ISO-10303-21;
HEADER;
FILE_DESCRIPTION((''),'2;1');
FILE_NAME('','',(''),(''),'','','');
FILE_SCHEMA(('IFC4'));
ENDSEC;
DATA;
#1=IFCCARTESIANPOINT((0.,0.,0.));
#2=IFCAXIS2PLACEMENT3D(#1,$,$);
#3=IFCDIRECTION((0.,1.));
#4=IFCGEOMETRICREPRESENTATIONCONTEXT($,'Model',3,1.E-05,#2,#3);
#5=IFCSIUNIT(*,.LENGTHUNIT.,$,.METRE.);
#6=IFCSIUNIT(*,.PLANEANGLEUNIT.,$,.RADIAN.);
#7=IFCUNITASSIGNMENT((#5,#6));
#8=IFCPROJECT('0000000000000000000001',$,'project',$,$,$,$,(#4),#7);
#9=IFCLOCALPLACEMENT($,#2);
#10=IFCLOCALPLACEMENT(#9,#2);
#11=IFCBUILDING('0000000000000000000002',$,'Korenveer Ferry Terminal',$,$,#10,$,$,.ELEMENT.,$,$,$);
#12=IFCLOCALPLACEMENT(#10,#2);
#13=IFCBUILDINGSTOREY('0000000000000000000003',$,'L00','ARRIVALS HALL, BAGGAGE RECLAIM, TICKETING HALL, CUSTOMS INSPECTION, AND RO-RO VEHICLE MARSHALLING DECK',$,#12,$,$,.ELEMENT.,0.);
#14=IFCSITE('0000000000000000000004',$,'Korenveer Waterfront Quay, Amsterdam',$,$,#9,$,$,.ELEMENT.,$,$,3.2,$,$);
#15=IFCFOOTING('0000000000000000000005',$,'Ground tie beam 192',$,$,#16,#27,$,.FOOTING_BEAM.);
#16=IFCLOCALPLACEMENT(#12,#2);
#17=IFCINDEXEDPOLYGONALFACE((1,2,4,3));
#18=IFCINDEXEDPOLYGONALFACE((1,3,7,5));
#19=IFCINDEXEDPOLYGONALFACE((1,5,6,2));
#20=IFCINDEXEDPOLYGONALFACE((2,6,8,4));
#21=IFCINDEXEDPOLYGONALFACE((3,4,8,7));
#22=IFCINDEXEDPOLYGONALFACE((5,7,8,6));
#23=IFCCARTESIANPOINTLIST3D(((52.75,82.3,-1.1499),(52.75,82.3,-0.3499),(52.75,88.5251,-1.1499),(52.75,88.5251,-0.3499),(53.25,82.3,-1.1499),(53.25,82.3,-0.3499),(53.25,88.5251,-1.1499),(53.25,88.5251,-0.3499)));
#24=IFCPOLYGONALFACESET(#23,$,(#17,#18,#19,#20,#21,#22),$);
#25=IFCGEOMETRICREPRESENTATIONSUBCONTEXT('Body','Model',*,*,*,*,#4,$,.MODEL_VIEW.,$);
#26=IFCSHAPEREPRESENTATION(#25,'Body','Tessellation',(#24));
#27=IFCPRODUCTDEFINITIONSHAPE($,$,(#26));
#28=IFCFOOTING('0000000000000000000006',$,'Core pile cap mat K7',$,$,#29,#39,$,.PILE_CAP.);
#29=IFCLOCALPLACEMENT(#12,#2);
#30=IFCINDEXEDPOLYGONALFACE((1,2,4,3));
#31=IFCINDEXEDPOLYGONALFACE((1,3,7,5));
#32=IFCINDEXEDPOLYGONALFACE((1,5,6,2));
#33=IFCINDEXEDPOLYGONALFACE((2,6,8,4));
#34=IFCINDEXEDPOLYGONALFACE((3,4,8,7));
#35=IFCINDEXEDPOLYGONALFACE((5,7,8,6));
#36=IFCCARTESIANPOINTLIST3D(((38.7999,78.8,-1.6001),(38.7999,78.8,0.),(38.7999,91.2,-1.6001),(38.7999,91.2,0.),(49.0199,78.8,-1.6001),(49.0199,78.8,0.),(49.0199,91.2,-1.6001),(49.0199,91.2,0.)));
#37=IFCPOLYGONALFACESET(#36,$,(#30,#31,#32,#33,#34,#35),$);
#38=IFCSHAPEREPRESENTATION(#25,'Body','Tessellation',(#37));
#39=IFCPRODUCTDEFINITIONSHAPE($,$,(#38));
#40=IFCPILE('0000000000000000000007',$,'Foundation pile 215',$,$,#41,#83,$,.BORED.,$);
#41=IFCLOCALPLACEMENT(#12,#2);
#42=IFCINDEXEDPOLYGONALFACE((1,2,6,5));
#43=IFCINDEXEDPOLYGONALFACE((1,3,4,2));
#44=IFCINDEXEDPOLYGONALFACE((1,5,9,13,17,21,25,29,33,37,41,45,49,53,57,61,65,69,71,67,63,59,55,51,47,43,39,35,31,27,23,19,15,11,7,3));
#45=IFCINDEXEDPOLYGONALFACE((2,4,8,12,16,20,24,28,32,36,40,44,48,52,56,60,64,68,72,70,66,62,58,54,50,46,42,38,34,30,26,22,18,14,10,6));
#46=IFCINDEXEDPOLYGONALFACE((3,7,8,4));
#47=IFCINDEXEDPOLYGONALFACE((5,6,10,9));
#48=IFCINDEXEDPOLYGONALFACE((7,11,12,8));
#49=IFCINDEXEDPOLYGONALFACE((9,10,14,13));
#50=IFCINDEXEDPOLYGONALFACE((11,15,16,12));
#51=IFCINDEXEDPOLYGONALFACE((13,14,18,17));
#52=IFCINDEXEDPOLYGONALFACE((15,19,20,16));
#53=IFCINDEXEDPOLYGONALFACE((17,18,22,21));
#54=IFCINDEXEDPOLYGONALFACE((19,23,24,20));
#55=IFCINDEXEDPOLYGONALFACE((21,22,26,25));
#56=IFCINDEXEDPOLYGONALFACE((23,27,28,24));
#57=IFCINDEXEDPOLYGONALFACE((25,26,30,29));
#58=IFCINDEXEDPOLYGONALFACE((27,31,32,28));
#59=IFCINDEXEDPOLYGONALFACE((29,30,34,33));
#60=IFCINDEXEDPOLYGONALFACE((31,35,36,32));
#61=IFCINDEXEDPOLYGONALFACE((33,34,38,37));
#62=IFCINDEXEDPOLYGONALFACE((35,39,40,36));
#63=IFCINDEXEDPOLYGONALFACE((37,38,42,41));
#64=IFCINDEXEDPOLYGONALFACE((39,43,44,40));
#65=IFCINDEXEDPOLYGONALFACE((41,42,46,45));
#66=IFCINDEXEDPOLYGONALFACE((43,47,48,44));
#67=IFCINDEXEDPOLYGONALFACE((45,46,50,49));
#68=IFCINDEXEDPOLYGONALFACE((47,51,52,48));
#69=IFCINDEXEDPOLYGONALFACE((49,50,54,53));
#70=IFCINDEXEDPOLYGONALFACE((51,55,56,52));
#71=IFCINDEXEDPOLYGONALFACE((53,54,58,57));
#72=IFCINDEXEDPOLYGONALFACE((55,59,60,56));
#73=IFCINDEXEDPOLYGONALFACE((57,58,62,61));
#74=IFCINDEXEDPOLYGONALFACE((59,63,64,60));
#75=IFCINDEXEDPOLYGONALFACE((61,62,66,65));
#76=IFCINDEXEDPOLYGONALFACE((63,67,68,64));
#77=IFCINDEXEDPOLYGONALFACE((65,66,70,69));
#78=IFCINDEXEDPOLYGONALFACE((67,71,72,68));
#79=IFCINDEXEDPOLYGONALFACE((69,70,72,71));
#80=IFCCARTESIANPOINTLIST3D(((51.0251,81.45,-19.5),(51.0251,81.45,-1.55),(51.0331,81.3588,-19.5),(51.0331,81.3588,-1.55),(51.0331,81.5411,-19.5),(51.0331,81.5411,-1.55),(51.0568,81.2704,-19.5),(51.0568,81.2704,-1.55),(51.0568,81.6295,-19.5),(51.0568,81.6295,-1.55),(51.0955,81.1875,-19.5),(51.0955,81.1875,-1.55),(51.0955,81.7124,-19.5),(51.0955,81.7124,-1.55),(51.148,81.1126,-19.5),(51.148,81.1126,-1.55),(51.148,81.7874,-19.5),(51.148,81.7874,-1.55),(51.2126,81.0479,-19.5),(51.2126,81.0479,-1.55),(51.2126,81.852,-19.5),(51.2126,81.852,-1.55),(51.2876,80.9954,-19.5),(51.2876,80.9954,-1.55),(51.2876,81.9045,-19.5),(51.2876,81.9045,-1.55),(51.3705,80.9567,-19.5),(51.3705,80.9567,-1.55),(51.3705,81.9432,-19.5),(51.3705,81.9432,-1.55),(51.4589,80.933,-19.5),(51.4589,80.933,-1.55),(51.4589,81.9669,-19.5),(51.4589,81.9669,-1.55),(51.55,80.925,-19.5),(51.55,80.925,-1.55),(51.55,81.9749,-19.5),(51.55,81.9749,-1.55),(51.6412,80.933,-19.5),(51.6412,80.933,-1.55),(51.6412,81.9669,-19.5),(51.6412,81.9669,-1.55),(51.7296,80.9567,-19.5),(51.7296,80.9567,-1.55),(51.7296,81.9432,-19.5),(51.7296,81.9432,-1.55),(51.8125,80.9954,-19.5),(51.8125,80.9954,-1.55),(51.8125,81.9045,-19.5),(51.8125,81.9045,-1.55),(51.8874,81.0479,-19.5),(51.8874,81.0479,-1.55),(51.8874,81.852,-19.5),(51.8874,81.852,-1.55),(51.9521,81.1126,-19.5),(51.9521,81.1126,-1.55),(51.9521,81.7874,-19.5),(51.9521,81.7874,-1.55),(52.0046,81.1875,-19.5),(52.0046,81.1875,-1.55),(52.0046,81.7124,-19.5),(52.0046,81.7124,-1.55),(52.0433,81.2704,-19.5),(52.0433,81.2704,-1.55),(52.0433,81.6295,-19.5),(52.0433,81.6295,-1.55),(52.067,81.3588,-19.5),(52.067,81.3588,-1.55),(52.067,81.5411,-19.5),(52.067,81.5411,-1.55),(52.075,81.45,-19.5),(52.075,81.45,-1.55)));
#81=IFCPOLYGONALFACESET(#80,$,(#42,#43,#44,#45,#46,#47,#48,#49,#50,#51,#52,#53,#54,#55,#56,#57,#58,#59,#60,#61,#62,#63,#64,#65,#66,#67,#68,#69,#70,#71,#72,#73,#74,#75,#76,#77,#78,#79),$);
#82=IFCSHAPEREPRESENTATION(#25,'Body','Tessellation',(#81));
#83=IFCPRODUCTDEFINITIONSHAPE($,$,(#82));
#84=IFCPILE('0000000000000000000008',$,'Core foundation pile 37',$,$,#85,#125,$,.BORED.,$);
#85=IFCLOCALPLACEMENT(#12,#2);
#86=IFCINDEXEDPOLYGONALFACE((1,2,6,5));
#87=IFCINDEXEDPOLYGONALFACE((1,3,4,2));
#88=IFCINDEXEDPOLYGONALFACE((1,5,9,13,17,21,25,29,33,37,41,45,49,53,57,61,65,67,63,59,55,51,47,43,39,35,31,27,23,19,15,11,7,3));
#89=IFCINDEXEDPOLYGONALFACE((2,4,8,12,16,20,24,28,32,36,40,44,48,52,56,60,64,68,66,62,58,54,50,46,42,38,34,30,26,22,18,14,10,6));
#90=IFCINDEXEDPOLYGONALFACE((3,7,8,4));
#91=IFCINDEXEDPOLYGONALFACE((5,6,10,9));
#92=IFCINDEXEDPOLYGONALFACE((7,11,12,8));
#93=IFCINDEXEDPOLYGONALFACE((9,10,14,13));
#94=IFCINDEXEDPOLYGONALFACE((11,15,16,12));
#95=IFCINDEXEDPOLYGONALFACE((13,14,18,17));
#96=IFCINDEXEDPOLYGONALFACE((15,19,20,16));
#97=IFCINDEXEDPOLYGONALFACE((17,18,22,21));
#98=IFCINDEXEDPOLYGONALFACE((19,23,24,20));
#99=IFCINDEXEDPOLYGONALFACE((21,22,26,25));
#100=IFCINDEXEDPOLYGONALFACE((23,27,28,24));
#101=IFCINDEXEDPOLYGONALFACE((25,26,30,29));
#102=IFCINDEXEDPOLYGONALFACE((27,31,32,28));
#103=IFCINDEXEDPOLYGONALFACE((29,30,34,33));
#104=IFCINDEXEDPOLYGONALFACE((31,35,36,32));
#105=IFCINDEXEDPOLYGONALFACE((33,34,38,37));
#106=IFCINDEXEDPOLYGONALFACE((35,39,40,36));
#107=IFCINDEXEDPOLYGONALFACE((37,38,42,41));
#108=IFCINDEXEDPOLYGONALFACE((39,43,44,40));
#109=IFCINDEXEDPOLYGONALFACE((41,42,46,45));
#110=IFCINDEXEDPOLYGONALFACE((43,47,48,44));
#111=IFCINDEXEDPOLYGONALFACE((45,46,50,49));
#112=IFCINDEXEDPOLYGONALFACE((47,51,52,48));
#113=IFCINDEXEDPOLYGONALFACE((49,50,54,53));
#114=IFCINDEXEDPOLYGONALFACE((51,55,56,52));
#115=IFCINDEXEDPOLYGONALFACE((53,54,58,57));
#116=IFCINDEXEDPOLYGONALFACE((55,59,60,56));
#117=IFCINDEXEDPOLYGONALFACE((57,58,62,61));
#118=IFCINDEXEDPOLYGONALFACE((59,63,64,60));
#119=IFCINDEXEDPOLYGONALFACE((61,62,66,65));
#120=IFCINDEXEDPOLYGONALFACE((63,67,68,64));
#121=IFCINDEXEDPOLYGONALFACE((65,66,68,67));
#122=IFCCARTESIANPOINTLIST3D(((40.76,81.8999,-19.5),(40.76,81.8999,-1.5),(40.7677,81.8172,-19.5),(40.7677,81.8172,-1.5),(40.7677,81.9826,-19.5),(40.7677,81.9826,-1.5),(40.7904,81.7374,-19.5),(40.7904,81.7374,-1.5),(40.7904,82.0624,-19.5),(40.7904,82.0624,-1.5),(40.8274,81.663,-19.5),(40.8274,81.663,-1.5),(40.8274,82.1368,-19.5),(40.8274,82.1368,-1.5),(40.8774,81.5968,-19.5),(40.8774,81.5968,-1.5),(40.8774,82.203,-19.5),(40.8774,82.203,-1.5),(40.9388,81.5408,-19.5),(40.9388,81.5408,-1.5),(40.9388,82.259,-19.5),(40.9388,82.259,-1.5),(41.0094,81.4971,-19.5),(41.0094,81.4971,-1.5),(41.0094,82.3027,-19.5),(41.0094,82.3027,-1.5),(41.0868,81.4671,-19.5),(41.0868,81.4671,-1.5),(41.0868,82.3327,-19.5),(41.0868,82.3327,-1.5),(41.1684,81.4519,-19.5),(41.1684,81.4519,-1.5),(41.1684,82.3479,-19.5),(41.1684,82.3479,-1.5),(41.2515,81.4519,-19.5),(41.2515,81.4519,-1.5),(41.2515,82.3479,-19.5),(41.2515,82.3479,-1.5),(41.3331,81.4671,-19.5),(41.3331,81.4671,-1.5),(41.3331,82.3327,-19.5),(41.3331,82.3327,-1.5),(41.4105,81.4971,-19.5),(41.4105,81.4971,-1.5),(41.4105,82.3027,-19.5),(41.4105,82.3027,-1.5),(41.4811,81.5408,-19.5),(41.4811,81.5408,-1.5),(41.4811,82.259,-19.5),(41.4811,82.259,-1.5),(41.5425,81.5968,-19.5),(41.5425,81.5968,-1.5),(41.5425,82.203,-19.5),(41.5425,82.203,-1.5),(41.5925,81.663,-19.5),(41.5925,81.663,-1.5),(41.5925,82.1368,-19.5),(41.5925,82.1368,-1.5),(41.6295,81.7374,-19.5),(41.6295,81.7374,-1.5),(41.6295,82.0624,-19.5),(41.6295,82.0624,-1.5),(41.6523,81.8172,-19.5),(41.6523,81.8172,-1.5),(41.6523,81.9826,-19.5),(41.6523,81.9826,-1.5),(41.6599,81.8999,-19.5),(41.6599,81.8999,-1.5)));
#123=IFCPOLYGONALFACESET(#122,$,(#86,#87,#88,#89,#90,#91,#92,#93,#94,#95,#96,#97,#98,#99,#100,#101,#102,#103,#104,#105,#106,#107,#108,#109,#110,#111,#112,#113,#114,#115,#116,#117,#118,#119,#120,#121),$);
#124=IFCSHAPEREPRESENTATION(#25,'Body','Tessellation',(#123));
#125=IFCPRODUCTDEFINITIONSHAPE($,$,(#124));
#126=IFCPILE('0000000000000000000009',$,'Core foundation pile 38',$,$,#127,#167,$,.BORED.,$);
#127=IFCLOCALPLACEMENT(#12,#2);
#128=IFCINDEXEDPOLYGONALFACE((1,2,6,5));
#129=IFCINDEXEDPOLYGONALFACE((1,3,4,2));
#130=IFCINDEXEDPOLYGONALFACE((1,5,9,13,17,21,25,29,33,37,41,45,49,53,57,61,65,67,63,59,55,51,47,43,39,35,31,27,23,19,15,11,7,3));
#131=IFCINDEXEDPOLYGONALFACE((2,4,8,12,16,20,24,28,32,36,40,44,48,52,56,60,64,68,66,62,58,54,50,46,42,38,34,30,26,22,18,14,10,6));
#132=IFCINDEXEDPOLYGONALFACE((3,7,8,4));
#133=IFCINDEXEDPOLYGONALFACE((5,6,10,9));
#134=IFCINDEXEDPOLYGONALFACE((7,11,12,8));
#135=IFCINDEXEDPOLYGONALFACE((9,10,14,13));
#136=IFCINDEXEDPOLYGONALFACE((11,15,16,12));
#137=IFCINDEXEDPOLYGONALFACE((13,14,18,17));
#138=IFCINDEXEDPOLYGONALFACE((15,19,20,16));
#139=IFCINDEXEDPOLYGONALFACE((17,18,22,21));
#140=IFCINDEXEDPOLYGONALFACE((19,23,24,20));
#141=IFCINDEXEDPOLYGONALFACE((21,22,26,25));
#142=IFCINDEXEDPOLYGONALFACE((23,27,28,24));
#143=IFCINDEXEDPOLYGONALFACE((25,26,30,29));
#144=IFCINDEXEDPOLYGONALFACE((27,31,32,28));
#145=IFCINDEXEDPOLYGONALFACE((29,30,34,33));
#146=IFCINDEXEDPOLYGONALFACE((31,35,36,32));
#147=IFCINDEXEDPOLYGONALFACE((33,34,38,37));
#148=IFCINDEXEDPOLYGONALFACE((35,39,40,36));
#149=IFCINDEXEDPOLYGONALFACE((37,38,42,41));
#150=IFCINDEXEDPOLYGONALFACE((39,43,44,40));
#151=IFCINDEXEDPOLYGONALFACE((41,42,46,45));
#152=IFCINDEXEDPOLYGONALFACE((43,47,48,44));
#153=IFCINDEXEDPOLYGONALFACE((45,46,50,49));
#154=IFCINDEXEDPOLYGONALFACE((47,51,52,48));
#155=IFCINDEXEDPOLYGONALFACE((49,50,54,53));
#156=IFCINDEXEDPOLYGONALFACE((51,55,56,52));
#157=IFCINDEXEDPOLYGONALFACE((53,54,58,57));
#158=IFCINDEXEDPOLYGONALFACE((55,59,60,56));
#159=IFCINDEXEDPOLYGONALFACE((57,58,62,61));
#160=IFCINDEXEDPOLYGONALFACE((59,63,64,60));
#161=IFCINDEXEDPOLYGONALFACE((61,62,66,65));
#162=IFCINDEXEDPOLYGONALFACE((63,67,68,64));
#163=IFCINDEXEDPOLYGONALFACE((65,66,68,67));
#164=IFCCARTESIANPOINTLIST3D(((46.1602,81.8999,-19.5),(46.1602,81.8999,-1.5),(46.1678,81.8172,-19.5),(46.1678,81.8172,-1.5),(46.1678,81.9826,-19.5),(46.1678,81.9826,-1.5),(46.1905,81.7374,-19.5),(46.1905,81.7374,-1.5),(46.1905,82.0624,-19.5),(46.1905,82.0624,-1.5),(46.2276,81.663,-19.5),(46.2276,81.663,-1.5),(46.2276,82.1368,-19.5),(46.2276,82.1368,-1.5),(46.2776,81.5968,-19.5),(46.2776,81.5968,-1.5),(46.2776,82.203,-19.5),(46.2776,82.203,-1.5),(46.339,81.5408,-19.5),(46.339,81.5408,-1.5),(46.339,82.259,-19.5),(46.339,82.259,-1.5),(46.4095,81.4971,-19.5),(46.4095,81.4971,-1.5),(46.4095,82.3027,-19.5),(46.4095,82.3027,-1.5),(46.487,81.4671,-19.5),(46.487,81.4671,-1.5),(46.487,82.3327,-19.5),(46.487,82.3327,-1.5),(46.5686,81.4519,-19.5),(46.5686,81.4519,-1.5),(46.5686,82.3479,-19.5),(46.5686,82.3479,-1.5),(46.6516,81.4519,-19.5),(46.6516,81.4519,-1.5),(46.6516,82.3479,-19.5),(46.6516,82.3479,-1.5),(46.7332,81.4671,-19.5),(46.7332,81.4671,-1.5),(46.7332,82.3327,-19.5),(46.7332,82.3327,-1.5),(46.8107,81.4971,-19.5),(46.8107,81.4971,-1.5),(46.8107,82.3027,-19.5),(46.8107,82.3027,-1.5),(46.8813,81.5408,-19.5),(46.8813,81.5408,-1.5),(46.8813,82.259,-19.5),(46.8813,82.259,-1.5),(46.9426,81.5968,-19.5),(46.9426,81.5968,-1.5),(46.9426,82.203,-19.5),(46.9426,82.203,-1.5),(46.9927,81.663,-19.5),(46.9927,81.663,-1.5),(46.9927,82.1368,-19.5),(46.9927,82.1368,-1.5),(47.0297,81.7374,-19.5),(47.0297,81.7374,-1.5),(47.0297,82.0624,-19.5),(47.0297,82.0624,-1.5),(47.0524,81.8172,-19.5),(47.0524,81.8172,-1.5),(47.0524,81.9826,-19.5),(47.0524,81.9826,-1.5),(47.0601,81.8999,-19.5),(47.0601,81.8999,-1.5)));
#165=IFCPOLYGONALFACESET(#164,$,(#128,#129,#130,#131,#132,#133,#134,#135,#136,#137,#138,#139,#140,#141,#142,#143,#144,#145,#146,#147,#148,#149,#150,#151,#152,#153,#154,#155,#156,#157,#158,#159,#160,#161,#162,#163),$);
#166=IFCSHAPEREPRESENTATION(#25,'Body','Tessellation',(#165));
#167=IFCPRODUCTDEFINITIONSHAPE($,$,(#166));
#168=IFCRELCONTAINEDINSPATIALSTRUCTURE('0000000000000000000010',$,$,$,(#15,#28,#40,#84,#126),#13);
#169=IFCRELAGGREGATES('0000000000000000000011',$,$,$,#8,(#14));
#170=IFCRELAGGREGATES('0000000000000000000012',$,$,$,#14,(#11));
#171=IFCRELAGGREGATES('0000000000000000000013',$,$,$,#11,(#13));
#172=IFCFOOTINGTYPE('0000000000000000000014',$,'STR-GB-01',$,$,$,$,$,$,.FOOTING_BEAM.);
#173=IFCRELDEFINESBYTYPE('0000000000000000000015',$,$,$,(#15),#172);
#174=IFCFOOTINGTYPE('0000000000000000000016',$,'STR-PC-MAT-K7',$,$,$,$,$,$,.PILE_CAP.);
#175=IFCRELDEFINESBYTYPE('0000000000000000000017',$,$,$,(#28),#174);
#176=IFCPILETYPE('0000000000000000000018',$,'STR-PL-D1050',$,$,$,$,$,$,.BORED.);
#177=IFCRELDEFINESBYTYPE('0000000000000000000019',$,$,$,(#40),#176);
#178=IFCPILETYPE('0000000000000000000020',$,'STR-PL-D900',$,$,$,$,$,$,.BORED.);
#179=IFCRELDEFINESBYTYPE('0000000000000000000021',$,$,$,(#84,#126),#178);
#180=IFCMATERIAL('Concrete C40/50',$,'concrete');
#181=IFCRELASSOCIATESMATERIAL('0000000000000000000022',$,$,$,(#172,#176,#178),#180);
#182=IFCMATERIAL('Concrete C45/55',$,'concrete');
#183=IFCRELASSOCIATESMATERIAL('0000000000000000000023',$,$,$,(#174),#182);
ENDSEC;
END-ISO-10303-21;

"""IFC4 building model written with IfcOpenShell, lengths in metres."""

from ifc_helpers import new_model, si_unit, direction, frame, origin, origin_2d, place, context, subcontext, project, spatial, rectangle, circle, extrude, material, material_profile, profile_set, type_object, element, save


model = new_model("IFC4")

# Units and contexts
model_context = context("Model", 3, precision=1e-05, world=origin(), true_north=direction((0.0, 1.0)))
body_context = subcontext(model_context, "Body", "Model", "MODEL_VIEW")
ifc_project = project(units=[si_unit("LENGTHUNIT", "METRE"), si_unit("PLANEANGLEUNIT", "RADIAN")], contexts=[model_context])

# Site, building, storey
site_placement = place(None, origin())
site = spatial("IfcSite", under=ifc_project, at=site_placement, Name="Korenveer Waterfront Quay, Amsterdam", CompositionType="ELEMENT", RefElevation=3.2)
building_placement = place(site_placement, origin())
building = spatial("IfcBuilding", under=site, at=building_placement, Name="Korenveer Ferry Terminal", CompositionType="ELEMENT")
storey_placement = place(building_placement, origin())
storey = spatial("IfcBuildingStorey", under=building, at=storey_placement, Name="L00", Description="ARRIVALS HALL, BAGGAGE RECLAIM, TICKETING HALL, CUSTOMS INSPECTION, AND RO-RO VEHICLE MARSHALLING DECK", CompositionType="ELEMENT", Elevation=0.0)

# Footings
ifc_material_1 = material(Name="Concrete C40/50", Category="concrete")
footing_type_1 = type_object("IfcFootingType", Name="STR-GB-01", PredefinedType="FOOTING_BEAM", material=ifc_material_1)
footing_1_placement = place(storey_placement, frame((53.0, 85.4126, -1.1499), z_axis=(0.0, 0.0, 1.0), x_axis=(1.0, 0.0, 0.0)))
element("IfcFooting", 1, at=footing_1_placement, inside=storey, type_object=footing_type_1, Name="Ground tie beam 192", PredefinedType="FOOTING_BEAM", context=body_context, shape_type="SweptSolid", body=[
    extrude(rectangle(XDim=0.5, YDim=6.2251, at=origin_2d()), origin(), (0.0, 0.0, 1.0), 0.8),
])
ifc_material_2 = material(Name="Concrete C45/55", Category="concrete")
footing_type_2 = type_object("IfcFootingType", Name="STR-PC-MAT-K7", PredefinedType="PILE_CAP", material=ifc_material_2)
footing_2_placement = place(storey_placement, frame((43.9099, 85.0, -1.6001), z_axis=(0.0, 0.0, 1.0), x_axis=(1.0, 0.0, 0.0)))
element("IfcFooting", 2, at=footing_2_placement, inside=storey, type_object=footing_type_2, Name="Core pile cap mat K7", PredefinedType="PILE_CAP", context=body_context, shape_type="SweptSolid", body=[
    extrude(rectangle(XDim=10.22, YDim=12.3999, at=origin_2d()), origin(), (0.0, 0.0, 1.0), 1.6001),
])

# Piles
ifc_material_profile_1 = material_profile(ifc_material_1, circle(Radius=0.5249, at=origin_2d()), Name="PILE D1050")
ifc_profile_set_1 = profile_set([ifc_material_profile_1], Name="Concrete C40/50")
pile_type_1 = type_object("IfcPileType", Name="STR-PL-D1050", PredefinedType="BORED", material=ifc_profile_set_1)
pile_placement = place(storey_placement, frame((51.55, 81.45, -1.55), z_axis=(0.0, 0.0, -1.0), x_axis=(1.0, 0.0, 0.0)))
element("IfcPile", 3, at=pile_placement, inside=storey, type_object=pile_type_1, Name="Foundation pile 215", PredefinedType="BORED", context=body_context, shape_type="SweptSolid", body=[
    extrude(circle(Radius=0.5249, at=origin_2d()), origin(), (0.0, 0.0, 1.0), 17.95),
])
ifc_material_profile_2 = material_profile(ifc_material_1, circle(Radius=0.45, at=origin_2d()), Name="PILE D900")
ifc_profile_set_2 = profile_set([ifc_material_profile_2], Name="Concrete C40/50")
pile_type_2 = type_object("IfcPileType", Name="STR-PL-D900", PredefinedType="BORED", material=ifc_profile_set_2)
for number, where, z_axis, x_axis, name in (
    (4, (41.21, 81.8999, -1.5), (0.0, 0.0, -1.0), (1.0, 0.0, 0.0), "Core foundation pile 37"),
    (5, (46.6101, 81.8999, -1.5), (0.0, 0.0, -1.0), (1.0, 0.0, 0.0), "Core foundation pile 38"),
):
    element("IfcPile", number, at=place(storey_placement, frame(where, z_axis=z_axis, x_axis=x_axis)), inside=storey, type_object=pile_type_2, Name=name, PredefinedType="BORED", context=body_context, shape_type="SweptSolid", body=[
        extrude(circle(Radius=0.45, at=origin_2d()), origin(), (0.0, 0.0, 1.0), 18.0),
    ])

save(model, "model.ifc")
